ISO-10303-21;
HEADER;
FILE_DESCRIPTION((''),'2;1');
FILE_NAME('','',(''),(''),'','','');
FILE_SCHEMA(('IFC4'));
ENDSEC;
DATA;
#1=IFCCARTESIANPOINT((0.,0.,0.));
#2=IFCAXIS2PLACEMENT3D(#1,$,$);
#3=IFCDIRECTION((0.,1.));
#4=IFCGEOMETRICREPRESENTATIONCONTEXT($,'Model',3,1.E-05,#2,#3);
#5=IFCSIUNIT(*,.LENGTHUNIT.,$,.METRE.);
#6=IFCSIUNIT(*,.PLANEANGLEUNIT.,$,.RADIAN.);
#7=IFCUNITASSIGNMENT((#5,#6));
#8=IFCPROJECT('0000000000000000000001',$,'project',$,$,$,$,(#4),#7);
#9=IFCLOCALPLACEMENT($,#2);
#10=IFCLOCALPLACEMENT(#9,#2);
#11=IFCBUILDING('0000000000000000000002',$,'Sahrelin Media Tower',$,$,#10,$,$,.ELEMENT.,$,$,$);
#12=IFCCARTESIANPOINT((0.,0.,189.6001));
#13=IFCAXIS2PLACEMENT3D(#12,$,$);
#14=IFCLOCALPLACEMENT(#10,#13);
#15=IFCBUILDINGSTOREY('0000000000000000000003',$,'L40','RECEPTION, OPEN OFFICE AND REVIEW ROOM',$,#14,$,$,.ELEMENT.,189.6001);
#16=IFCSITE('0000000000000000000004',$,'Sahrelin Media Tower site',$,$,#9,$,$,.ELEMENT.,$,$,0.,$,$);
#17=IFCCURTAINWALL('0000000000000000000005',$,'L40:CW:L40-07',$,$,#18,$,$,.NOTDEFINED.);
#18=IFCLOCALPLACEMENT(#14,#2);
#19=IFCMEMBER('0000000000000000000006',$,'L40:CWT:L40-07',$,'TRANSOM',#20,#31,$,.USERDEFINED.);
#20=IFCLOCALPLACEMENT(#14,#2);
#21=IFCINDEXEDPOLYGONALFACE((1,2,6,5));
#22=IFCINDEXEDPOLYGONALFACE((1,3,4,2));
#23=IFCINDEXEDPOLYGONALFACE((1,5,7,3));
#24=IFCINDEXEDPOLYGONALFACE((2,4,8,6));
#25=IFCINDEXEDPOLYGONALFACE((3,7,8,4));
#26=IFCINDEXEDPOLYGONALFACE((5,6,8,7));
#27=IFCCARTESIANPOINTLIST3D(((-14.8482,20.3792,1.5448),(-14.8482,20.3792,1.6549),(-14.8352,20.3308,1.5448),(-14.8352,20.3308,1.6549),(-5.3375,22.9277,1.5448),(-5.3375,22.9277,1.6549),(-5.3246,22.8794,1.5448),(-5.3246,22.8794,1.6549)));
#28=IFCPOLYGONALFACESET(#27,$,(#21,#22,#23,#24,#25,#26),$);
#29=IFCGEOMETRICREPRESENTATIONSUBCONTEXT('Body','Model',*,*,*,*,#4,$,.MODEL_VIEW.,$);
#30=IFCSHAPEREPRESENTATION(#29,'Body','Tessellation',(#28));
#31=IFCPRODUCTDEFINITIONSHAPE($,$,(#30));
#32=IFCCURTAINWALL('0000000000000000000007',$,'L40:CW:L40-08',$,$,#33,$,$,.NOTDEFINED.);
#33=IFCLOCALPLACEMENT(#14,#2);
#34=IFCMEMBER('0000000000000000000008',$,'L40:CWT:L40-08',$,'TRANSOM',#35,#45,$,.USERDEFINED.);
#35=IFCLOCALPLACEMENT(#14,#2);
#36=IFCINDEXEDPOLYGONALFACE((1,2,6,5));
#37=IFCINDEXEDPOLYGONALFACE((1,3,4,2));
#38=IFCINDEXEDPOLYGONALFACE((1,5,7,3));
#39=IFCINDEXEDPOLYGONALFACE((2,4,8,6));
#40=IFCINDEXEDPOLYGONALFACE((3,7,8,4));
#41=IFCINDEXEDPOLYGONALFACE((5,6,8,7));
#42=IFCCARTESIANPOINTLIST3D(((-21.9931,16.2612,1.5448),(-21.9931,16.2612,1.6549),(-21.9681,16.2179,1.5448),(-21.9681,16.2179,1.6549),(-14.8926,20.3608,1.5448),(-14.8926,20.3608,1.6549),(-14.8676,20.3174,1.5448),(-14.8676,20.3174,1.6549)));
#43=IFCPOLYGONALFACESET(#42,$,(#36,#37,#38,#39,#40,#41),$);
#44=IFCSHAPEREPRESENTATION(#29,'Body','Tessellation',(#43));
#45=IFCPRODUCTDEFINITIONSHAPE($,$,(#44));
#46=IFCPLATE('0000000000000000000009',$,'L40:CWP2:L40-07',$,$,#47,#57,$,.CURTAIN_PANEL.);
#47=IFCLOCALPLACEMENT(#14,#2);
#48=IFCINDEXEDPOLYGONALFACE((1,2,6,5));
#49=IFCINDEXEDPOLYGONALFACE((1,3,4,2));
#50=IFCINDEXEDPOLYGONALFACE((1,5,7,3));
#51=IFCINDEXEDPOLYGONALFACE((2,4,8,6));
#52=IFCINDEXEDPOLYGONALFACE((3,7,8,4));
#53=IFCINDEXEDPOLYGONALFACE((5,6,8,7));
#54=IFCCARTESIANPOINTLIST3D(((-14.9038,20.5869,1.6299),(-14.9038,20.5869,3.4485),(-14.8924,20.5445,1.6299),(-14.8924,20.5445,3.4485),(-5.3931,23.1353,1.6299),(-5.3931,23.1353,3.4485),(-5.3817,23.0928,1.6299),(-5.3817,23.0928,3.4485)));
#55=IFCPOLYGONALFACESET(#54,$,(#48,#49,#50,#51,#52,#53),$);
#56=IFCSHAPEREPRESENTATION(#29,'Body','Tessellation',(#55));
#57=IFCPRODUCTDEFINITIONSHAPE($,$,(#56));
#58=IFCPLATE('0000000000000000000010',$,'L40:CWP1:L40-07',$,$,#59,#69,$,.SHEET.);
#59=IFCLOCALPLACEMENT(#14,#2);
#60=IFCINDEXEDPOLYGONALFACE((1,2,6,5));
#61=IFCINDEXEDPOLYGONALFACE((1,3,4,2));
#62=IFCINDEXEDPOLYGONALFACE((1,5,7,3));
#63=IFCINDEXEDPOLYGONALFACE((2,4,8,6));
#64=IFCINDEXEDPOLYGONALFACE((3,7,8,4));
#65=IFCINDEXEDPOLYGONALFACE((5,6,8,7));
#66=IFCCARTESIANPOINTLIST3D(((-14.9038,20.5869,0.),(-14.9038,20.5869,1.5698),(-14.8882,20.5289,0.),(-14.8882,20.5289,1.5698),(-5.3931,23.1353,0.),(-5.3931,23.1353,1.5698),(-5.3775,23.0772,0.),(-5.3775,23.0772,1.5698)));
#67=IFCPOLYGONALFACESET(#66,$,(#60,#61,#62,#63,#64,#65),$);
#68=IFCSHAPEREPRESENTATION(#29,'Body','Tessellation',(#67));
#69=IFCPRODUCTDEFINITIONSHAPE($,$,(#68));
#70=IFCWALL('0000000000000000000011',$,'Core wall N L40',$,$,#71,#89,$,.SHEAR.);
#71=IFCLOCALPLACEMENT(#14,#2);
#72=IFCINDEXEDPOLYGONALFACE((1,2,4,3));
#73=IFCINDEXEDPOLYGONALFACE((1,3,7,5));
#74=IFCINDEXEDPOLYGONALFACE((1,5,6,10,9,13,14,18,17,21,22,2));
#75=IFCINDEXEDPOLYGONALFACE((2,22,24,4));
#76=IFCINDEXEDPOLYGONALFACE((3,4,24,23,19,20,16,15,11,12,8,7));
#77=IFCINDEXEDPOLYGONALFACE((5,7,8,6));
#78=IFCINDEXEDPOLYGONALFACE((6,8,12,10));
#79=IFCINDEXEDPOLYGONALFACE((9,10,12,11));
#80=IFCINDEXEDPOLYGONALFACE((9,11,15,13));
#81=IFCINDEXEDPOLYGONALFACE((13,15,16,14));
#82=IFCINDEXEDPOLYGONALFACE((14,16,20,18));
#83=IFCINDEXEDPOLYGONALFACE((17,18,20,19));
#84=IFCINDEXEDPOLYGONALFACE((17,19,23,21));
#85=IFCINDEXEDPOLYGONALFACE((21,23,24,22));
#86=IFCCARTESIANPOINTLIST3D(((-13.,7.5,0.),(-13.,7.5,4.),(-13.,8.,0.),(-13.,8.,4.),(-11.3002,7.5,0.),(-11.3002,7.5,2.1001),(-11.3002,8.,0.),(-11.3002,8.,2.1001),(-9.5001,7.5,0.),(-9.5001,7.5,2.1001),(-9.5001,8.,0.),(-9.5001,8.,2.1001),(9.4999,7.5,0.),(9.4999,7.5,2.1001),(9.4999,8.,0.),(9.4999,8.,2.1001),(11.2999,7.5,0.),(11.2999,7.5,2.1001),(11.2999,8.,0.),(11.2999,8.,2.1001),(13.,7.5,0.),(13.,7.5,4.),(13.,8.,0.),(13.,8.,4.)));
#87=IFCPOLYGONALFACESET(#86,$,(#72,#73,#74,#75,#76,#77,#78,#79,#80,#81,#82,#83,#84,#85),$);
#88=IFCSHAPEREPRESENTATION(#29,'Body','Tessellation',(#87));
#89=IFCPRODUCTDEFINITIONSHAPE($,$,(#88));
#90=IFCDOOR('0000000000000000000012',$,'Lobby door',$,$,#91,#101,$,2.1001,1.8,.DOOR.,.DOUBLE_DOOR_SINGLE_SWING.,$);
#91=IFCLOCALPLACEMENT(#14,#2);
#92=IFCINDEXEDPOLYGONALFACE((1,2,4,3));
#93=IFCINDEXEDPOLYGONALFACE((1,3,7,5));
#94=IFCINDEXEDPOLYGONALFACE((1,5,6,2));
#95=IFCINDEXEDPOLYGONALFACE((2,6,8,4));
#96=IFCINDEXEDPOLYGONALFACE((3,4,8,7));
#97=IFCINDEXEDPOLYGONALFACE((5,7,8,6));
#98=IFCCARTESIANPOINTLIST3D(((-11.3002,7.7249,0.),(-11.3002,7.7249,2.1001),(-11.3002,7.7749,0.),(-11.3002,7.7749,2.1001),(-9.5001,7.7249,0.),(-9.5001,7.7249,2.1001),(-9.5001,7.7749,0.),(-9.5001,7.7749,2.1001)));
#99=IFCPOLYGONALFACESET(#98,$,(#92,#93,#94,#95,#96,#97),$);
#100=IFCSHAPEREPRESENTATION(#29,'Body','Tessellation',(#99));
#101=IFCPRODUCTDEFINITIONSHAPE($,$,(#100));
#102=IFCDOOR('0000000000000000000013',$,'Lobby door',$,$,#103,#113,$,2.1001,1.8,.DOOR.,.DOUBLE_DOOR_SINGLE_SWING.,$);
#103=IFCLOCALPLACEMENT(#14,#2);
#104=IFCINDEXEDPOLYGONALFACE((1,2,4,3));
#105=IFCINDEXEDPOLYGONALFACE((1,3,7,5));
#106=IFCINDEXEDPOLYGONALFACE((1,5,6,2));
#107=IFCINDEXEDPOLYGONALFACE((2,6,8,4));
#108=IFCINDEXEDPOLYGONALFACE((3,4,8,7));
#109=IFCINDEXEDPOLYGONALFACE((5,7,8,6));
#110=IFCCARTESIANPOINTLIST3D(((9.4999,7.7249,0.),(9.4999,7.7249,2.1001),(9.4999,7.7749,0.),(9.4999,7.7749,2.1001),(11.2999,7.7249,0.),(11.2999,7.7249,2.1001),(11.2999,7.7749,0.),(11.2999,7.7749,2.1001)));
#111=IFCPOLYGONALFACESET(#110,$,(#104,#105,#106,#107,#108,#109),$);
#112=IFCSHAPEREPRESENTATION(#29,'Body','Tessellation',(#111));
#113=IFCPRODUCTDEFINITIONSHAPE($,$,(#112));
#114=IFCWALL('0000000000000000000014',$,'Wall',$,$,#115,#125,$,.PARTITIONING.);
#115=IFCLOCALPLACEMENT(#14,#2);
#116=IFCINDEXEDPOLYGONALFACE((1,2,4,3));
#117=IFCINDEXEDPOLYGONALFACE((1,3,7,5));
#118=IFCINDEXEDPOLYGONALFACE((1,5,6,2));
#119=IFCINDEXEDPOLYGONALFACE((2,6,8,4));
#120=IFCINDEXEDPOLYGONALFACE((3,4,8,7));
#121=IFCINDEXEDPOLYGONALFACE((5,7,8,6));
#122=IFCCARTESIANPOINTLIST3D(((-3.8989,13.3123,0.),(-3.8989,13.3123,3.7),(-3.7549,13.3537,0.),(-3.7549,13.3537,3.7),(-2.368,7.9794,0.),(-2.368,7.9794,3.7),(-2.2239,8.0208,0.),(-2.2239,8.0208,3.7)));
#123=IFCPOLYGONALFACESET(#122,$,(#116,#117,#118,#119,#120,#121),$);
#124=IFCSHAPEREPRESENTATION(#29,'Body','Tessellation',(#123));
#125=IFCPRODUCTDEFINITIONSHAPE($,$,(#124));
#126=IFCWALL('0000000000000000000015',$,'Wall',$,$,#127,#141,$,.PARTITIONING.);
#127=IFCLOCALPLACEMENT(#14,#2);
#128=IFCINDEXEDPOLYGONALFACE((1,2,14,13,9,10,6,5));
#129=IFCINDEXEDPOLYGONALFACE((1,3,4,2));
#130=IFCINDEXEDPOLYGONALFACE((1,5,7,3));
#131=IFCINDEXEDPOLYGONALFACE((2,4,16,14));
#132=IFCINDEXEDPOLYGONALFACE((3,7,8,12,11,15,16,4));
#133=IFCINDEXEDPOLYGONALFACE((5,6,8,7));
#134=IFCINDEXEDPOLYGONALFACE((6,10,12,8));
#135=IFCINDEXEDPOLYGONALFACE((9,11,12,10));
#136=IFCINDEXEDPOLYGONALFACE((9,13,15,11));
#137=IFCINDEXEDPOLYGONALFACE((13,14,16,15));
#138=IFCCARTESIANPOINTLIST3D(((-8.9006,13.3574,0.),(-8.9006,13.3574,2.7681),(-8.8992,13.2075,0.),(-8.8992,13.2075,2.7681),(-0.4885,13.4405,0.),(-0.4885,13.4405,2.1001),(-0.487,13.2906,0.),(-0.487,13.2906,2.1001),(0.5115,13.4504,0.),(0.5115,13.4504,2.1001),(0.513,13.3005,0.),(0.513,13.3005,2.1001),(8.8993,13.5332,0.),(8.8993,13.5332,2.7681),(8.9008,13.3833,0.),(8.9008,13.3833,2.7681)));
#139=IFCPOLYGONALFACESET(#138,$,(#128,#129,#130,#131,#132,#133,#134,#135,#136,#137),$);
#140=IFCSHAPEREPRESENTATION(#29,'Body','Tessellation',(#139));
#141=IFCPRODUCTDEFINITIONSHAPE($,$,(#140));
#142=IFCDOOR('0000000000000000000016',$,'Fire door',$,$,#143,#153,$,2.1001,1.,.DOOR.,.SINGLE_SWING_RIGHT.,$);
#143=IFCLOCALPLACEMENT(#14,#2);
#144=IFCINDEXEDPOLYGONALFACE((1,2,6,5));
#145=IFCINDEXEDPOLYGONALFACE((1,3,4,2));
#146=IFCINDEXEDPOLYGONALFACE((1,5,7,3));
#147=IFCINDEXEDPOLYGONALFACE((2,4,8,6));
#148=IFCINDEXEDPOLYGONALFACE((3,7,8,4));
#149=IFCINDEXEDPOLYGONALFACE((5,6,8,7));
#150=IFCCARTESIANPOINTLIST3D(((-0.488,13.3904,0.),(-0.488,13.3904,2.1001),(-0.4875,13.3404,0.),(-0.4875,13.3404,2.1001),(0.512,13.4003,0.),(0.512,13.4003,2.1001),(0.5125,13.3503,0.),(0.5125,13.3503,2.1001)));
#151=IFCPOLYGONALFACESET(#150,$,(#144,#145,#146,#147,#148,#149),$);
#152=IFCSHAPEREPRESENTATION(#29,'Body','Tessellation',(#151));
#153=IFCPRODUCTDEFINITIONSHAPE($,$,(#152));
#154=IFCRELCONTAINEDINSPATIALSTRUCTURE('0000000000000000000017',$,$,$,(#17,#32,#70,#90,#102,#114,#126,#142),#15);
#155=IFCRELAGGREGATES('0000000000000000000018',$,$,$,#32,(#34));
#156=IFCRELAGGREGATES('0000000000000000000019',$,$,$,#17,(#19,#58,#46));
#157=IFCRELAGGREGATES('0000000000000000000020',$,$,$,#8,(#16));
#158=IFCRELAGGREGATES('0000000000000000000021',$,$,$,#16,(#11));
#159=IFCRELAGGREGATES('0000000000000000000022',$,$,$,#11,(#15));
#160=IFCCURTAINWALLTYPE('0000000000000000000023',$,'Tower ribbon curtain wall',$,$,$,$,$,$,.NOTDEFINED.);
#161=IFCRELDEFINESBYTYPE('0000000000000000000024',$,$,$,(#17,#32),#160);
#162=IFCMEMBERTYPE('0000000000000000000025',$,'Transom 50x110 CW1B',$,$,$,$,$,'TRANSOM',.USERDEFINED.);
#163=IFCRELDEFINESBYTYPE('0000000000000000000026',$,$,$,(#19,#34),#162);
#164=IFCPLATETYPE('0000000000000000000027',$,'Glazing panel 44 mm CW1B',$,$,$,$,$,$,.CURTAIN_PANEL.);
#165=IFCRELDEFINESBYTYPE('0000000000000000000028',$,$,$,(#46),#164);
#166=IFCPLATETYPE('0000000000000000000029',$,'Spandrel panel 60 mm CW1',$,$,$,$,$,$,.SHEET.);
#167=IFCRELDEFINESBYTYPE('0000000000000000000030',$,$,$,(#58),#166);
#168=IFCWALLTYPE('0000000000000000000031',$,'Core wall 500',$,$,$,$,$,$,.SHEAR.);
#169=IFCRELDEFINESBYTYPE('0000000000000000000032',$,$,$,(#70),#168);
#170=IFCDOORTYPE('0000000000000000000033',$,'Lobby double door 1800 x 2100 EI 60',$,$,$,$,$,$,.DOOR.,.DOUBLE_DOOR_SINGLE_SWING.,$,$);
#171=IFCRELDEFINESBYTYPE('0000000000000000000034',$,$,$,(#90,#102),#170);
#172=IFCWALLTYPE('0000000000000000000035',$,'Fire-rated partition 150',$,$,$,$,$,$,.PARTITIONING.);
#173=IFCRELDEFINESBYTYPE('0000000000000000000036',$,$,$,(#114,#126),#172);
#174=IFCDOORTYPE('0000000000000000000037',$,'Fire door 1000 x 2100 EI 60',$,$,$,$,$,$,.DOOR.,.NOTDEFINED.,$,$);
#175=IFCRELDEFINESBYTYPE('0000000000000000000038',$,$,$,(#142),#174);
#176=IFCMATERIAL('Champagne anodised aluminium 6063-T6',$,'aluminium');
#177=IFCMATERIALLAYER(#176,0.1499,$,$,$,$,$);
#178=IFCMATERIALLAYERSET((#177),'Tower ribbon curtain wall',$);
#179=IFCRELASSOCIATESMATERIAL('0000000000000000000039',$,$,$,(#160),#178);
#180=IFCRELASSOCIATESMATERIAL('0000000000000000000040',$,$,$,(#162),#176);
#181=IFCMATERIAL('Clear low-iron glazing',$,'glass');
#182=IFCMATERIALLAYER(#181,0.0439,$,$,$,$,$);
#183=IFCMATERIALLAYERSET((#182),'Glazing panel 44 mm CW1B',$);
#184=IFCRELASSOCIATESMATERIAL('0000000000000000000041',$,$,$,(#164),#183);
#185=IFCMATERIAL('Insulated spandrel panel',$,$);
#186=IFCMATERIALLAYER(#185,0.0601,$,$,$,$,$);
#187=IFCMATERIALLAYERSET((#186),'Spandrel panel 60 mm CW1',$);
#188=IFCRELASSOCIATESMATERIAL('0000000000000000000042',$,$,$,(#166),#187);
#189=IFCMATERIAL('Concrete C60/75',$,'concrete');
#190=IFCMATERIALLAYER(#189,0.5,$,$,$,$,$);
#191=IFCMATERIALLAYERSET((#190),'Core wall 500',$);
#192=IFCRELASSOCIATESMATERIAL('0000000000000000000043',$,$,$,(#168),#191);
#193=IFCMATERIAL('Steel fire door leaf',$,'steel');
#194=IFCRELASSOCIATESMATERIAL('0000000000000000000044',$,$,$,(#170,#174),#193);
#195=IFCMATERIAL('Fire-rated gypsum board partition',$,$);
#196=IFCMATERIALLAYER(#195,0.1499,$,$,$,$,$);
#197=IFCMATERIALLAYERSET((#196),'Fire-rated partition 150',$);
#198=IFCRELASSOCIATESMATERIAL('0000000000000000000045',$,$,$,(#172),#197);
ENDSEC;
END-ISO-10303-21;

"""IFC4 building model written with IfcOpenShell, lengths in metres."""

from ifc_helpers import new_model, si_unit, direction, frame, frame_2d, origin, origin_2d, place, context, subcontext, project, spatial, polyline, rectangle, outline, extrude, material, layer, layer_set, material_profile, profile_set, type_object, element, fill, aggregate, save


model = new_model("IFC4")

# Units and contexts
model_context = context("Model", 3, precision=1e-05, world=origin(), true_north=direction((0.0, 1.0)))
body_context = subcontext(model_context, "Body", "Model", "MODEL_VIEW")
ifc_project = project(units=[si_unit("LENGTHUNIT", "METRE"), si_unit("PLANEANGLEUNIT", "RADIAN")], contexts=[model_context])

# Site, building, storey
site_placement = place(None, origin())
site = spatial("IfcSite", under=ifc_project, at=site_placement, Name="Sahrelin Media Tower site", CompositionType="ELEMENT", RefElevation=0.0)
building_placement = place(site_placement, origin())
building = spatial("IfcBuilding", under=site, at=building_placement, Name="Sahrelin Media Tower", CompositionType="ELEMENT")
storey_placement = place(building_placement, frame((0.0, 0.0, 189.6001)))
storey = spatial("IfcBuildingStorey", under=building, at=storey_placement, Name="L40", Description="RECEPTION, OPEN OFFICE AND REVIEW ROOM", CompositionType="ELEMENT", Elevation=189.6001)

# Curtain wall
ifc_material_1 = material(Name="Champagne anodised aluminium 6063-T6", Category="aluminium")
ifc_layer_1 = layer(ifc_material_1, 0.1499)
ifc_layer_set_1 = layer_set([ifc_layer_1], Name="Tower ribbon curtain wall")
curtain_wall_type = type_object("IfcCurtainWallType", Name="Tower ribbon curtain wall", PredefinedType="NOTDEFINED", material=ifc_layer_set_1)
curtain_wall_1_placement = place(storey_placement, frame((-10.1433, 21.8418, 0.0), z_axis=(0.0, 0.0, 1.0), x_axis=(1.0, 0.0, 0.0)))
curtain_wall_1 = element("IfcCurtainWall", 1, at=curtain_wall_1_placement, inside=storey, type_object=curtain_wall_type, Name="L40:CW:L40-07", PredefinedType="NOTDEFINED")

# Member
ifc_material_profile_1 = material_profile(ifc_material_1, rectangle(XDim=0.05, YDim=0.1101, at=origin_2d()), Name="Transom 50x110")
ifc_profile_set_1 = profile_set([ifc_material_profile_1], Name="Champagne anodised aluminium 6063-T6")
member_type_1 = type_object("IfcMemberType", Name="Transom 50x110 CW1B", ElementType="TRANSOM", PredefinedType="USERDEFINED", material=ifc_profile_set_1)
member_1_placement = place(storey_placement, frame((-5.3311, 22.9036, 1.5999), z_axis=(-0.965921, -0.258837, 0.0), x_axis=(0.258837, -0.965921, 0.0)))
member_1 = element("IfcMember", 2, at=member_1_placement, type_object=member_type_1, Name="L40:CWT:L40-07", ObjectType="TRANSOM", PredefinedType="USERDEFINED", context=body_context, shape_type="SweptSolid", body=[
    extrude(rectangle(XDim=0.05, YDim=0.1101, at=origin_2d()), origin(), (0.0, 0.0, 1.0), 9.8462),
])

# Curtain wall, member
curtain_wall_2_placement = place(storey_placement, frame((-18.5405, 18.48, 0.0), z_axis=(0.0, 0.0, 1.0), x_axis=(1.0, 0.0, 0.0)))
curtain_wall_2 = element("IfcCurtainWall", 3, at=curtain_wall_2_placement, inside=storey, type_object=curtain_wall_type, Name="L40:CW:L40-08", PredefinedType="NOTDEFINED")
member_2_placement = place(storey_placement, frame((-14.8801, 20.3391, 1.5999), z_axis=(-0.866021, -0.500008, 0.0), x_axis=(0.500008, -0.866021, 0.0)))
member_2 = element("IfcMember", 4, at=member_2_placement, type_object=member_type_1, Name="L40:CWT:L40-08", ObjectType="TRANSOM", PredefinedType="USERDEFINED", context=body_context, shape_type="SweptSolid", body=[
    extrude(rectangle(XDim=0.05, YDim=0.1101, at=origin_2d()), origin(), (0.0, 0.0, 1.0), 8.199),
])
aggregate(curtain_wall_2, [member_2])

# Plates
ifc_material_2 = material(Name="Clear low-iron glazing", Category="glass")
ifc_layer_2 = layer(ifc_material_2, 0.0439)
ifc_layer_set_2 = layer_set([ifc_layer_2], Name="Glazing panel 44 mm CW1B")
plate_type_1 = type_object("IfcPlateType", Name="Glazing panel 44 mm CW1B", PredefinedType="CURTAIN_PANEL", material=ifc_layer_set_2)
plate_1_placement = place(storey_placement, frame((-5.3931, 23.1353, 1.6299), z_axis=(-0.258814, 0.965927, 0.0), x_axis=(-0.965927, -0.258814, 0.0)))
plate_1 = element("IfcPlate", 5, at=plate_1_placement, type_object=plate_type_1, Name="L40:CWP2:L40-07", PredefinedType="CURTAIN_PANEL", context=body_context, shape_type="SweptSolid", body=[
    extrude(outline(polyline([(0.0, 0.0), (9.8462, 0.0), (9.8462, 1.8186), (0.0, 1.8186), (0.0, 0.0)])), origin(), (0.0, 0.0, -1.0), 0.0439),
])
ifc_material_3 = material(Name="Insulated spandrel panel")
ifc_layer_3 = layer(ifc_material_3, 0.0601)
ifc_layer_set_3 = layer_set([ifc_layer_3], Name="Spandrel panel 60 mm CW1")
plate_type_2 = type_object("IfcPlateType", Name="Spandrel panel 60 mm CW1", PredefinedType="SHEET", material=ifc_layer_set_3)
plate_2_placement = place(storey_placement, frame((-5.3931, 23.1353, 0.0), z_axis=(-0.258814, 0.965927, 0.0), x_axis=(-0.965927, -0.258814, 0.0)))
plate_2 = element("IfcPlate", 6, at=plate_2_placement, type_object=plate_type_2, Name="L40:CWP1:L40-07", PredefinedType="SHEET", context=body_context, shape_type="SweptSolid", body=[
    extrude(outline(polyline([(0.0, 0.0), (9.8462, 0.0), (9.8462, 1.5698), (0.0, 1.5698), (0.0, 0.0)])), origin(), (0.0, 0.0, -1.0), 0.0601),
])
aggregate(curtain_wall_1, [member_1, plate_2, plate_1])

# Wall, openings, doors
ifc_material_4 = material(Name="Concrete C60/75", Category="concrete")
ifc_layer_4 = layer(ifc_material_4, 0.5)
ifc_layer_set_4 = layer_set([ifc_layer_4], Name="Core wall 500")
wall_type_1 = type_object("IfcWallType", Name="Core wall 500", PredefinedType="SHEAR", material=ifc_layer_set_4)
wall_1_placement = place(storey_placement, frame((-13.0, 7.75, 0.0), z_axis=(0.0, 0.0, 1.0), x_axis=(1.0, 0.0, 0.0)))
wall_1 = element("IfcWall", 7, at=wall_1_placement, inside=storey, type_object=wall_type_1, Name="Core wall N L40", PredefinedType="SHEAR", context=body_context, shape_type="SweptSolid", body=[
    extrude(rectangle(XDim=26.0, YDim=0.5, at=frame_2d((13.0, 0.0))), origin(), (0.0, 0.0, 1.0), 4.0),
])
opening_1_placement = place(wall_1_placement, frame((1.7, 0.0, 0.0)))
opening_1 = element("IfcOpeningElement", 8, at=opening_1_placement, cuts=wall_1, PredefinedType="OPENING", context=body_context, shape_type="SweptSolid", body=[
    extrude(rectangle(XDim=1.8, YDim=2.1001, at=frame_2d((0.8999, 1.05))), frame((0.0, 0.25, 0.0), z_axis=(0.0, -1.0, 0.0), x_axis=(1.0, 0.0, 0.0)), (0.0, 0.0, 1.0), 0.5),
])
opening_2_placement = place(wall_1_placement, frame((22.5, 0.0, 0.0)))
opening_2 = element("IfcOpeningElement", 9, at=opening_2_placement, cuts=wall_1, PredefinedType="OPENING", context=body_context, shape_type="SweptSolid", body=[
    extrude(rectangle(XDim=1.8, YDim=2.1001, at=frame_2d((0.8999, 1.05))), frame((0.0, 0.25, 0.0), z_axis=(0.0, -1.0, 0.0), x_axis=(1.0, 0.0, 0.0)), (0.0, 0.0, 1.0), 0.5),
])
ifc_material_5 = material(Name="Steel fire door leaf", Category="steel")
door_type_1 = type_object("IfcDoorType", Name="Lobby double door 1800 x 2100 EI 60", OperationType="DOUBLE_DOOR_SINGLE_SWING", PredefinedType="DOOR", material=ifc_material_5)
door_1_placement = place(opening_1_placement, origin())
door_1 = element("IfcDoor", 10, at=door_1_placement, inside=storey, type_object=door_type_1, Name="Lobby door", OperationType="DOUBLE_DOOR_SINGLE_SWING", OverallHeight=2.1001, OverallWidth=1.8, PredefinedType="DOOR", context=body_context, shape_type="SweptSolid", body=[
    extrude(rectangle(XDim=1.8, YDim=2.1001, at=frame_2d((0.8999, 1.05))), frame((0.0, 0.0249, 0.0), z_axis=(0.0, -1.0, 0.0), x_axis=(1.0, 0.0, 0.0)), (0.0, 0.0, 1.0), 0.05),
])
fill(opening_1, door_1)
door_2_placement = place(opening_2_placement, origin())
door_2 = element("IfcDoor", 11, at=door_2_placement, inside=storey, type_object=door_type_1, Name="Lobby door", OperationType="DOUBLE_DOOR_SINGLE_SWING", OverallHeight=2.1001, OverallWidth=1.8, PredefinedType="DOOR", context=body_context, shape_type="SweptSolid", body=[
    extrude(rectangle(XDim=1.8, YDim=2.1001, at=frame_2d((0.8999, 1.05))), frame((0.0, 0.0249, 0.0), z_axis=(0.0, -1.0, 0.0), x_axis=(1.0, 0.0, 0.0)), (0.0, 0.0, 1.0), 0.05),
])
fill(opening_2, door_2)

# Wall
ifc_material_6 = material(Name="Fire-rated gypsum board partition")
ifc_layer_5 = layer(ifc_material_6, 0.1499)
ifc_layer_set_5 = layer_set([ifc_layer_5], Name="Fire-rated partition 150")
wall_type_2 = type_object("IfcWallType", Name="Fire-rated partition 150", PredefinedType="PARTITIONING", material=ifc_layer_set_5)
wall_2_placement = place(storey_placement, frame((-3.8269, 13.333, 0.0), z_axis=(0.0, 0.0, 1.0), x_axis=(0.275936, -0.961176, 0.0)))
element("IfcWall", 12, at=wall_2_placement, inside=storey, type_object=wall_type_2, Name="Wall", PredefinedType="PARTITIONING", context=body_context, shape_type="SweptSolid", body=[
    extrude(rectangle(XDim=5.5483, YDim=0.1499, at=frame_2d((2.7742, 0.0))), origin(), (0.0, 0.0, 1.0), 3.7),
])

# Wall, opening, door
wall_3_placement = place(storey_placement, frame((-8.8999, 13.2825, 0.0), z_axis=(0.0, 0.0, 1.0), x_axis=(0.999951, 0.009875, 0.0)))
wall_3 = element("IfcWall", 13, at=wall_3_placement, inside=storey, type_object=wall_type_2, Name="Wall", PredefinedType="PARTITIONING", context=body_context, shape_type="SweptSolid", body=[
    extrude(rectangle(XDim=17.8008, YDim=0.1499, at=frame_2d((8.9004, 0.0))), origin(), (0.0, 0.0, 1.0), 2.7681),
])
opening_3_placement = place(wall_3_placement, frame((8.4126, 0.0, 0.0)))
opening_3 = element("IfcOpeningElement", 14, at=opening_3_placement, cuts=wall_3, PredefinedType="OPENING", context=body_context, shape_type="SweptSolid", body=[
    extrude(rectangle(XDim=1.0, YDim=2.1001, at=frame_2d((0.5, 1.05))), frame((0.0, 0.075, 0.0), z_axis=(0.0, -1.0, 0.0), x_axis=(1.0, 0.0, 0.0)), (0.0, 0.0, 1.0), 0.1499),
])
door_type_2 = type_object("IfcDoorType", Name="Fire door 1000 x 2100 EI 60", OperationType="NOTDEFINED", PredefinedType="DOOR", material=ifc_material_5)
door_3_placement = place(opening_3_placement, origin())
door_3 = element("IfcDoor", 15, at=door_3_placement, inside=storey, type_object=door_type_2, Name="Fire door", OperationType="SINGLE_SWING_RIGHT", OverallHeight=2.1001, OverallWidth=1.0, PredefinedType="DOOR", context=body_context, shape_type="SweptSolid", body=[
    extrude(rectangle(XDim=1.0, YDim=2.1001, at=frame_2d((0.5, 1.05))), frame((0.0, 0.0249, 0.0), z_axis=(0.0, -1.0, 0.0), x_axis=(1.0, 0.0, 0.0)), (0.0, 0.0, 1.0), 0.05),
])
fill(opening_3, door_3)

save(model, "model.ifc")
